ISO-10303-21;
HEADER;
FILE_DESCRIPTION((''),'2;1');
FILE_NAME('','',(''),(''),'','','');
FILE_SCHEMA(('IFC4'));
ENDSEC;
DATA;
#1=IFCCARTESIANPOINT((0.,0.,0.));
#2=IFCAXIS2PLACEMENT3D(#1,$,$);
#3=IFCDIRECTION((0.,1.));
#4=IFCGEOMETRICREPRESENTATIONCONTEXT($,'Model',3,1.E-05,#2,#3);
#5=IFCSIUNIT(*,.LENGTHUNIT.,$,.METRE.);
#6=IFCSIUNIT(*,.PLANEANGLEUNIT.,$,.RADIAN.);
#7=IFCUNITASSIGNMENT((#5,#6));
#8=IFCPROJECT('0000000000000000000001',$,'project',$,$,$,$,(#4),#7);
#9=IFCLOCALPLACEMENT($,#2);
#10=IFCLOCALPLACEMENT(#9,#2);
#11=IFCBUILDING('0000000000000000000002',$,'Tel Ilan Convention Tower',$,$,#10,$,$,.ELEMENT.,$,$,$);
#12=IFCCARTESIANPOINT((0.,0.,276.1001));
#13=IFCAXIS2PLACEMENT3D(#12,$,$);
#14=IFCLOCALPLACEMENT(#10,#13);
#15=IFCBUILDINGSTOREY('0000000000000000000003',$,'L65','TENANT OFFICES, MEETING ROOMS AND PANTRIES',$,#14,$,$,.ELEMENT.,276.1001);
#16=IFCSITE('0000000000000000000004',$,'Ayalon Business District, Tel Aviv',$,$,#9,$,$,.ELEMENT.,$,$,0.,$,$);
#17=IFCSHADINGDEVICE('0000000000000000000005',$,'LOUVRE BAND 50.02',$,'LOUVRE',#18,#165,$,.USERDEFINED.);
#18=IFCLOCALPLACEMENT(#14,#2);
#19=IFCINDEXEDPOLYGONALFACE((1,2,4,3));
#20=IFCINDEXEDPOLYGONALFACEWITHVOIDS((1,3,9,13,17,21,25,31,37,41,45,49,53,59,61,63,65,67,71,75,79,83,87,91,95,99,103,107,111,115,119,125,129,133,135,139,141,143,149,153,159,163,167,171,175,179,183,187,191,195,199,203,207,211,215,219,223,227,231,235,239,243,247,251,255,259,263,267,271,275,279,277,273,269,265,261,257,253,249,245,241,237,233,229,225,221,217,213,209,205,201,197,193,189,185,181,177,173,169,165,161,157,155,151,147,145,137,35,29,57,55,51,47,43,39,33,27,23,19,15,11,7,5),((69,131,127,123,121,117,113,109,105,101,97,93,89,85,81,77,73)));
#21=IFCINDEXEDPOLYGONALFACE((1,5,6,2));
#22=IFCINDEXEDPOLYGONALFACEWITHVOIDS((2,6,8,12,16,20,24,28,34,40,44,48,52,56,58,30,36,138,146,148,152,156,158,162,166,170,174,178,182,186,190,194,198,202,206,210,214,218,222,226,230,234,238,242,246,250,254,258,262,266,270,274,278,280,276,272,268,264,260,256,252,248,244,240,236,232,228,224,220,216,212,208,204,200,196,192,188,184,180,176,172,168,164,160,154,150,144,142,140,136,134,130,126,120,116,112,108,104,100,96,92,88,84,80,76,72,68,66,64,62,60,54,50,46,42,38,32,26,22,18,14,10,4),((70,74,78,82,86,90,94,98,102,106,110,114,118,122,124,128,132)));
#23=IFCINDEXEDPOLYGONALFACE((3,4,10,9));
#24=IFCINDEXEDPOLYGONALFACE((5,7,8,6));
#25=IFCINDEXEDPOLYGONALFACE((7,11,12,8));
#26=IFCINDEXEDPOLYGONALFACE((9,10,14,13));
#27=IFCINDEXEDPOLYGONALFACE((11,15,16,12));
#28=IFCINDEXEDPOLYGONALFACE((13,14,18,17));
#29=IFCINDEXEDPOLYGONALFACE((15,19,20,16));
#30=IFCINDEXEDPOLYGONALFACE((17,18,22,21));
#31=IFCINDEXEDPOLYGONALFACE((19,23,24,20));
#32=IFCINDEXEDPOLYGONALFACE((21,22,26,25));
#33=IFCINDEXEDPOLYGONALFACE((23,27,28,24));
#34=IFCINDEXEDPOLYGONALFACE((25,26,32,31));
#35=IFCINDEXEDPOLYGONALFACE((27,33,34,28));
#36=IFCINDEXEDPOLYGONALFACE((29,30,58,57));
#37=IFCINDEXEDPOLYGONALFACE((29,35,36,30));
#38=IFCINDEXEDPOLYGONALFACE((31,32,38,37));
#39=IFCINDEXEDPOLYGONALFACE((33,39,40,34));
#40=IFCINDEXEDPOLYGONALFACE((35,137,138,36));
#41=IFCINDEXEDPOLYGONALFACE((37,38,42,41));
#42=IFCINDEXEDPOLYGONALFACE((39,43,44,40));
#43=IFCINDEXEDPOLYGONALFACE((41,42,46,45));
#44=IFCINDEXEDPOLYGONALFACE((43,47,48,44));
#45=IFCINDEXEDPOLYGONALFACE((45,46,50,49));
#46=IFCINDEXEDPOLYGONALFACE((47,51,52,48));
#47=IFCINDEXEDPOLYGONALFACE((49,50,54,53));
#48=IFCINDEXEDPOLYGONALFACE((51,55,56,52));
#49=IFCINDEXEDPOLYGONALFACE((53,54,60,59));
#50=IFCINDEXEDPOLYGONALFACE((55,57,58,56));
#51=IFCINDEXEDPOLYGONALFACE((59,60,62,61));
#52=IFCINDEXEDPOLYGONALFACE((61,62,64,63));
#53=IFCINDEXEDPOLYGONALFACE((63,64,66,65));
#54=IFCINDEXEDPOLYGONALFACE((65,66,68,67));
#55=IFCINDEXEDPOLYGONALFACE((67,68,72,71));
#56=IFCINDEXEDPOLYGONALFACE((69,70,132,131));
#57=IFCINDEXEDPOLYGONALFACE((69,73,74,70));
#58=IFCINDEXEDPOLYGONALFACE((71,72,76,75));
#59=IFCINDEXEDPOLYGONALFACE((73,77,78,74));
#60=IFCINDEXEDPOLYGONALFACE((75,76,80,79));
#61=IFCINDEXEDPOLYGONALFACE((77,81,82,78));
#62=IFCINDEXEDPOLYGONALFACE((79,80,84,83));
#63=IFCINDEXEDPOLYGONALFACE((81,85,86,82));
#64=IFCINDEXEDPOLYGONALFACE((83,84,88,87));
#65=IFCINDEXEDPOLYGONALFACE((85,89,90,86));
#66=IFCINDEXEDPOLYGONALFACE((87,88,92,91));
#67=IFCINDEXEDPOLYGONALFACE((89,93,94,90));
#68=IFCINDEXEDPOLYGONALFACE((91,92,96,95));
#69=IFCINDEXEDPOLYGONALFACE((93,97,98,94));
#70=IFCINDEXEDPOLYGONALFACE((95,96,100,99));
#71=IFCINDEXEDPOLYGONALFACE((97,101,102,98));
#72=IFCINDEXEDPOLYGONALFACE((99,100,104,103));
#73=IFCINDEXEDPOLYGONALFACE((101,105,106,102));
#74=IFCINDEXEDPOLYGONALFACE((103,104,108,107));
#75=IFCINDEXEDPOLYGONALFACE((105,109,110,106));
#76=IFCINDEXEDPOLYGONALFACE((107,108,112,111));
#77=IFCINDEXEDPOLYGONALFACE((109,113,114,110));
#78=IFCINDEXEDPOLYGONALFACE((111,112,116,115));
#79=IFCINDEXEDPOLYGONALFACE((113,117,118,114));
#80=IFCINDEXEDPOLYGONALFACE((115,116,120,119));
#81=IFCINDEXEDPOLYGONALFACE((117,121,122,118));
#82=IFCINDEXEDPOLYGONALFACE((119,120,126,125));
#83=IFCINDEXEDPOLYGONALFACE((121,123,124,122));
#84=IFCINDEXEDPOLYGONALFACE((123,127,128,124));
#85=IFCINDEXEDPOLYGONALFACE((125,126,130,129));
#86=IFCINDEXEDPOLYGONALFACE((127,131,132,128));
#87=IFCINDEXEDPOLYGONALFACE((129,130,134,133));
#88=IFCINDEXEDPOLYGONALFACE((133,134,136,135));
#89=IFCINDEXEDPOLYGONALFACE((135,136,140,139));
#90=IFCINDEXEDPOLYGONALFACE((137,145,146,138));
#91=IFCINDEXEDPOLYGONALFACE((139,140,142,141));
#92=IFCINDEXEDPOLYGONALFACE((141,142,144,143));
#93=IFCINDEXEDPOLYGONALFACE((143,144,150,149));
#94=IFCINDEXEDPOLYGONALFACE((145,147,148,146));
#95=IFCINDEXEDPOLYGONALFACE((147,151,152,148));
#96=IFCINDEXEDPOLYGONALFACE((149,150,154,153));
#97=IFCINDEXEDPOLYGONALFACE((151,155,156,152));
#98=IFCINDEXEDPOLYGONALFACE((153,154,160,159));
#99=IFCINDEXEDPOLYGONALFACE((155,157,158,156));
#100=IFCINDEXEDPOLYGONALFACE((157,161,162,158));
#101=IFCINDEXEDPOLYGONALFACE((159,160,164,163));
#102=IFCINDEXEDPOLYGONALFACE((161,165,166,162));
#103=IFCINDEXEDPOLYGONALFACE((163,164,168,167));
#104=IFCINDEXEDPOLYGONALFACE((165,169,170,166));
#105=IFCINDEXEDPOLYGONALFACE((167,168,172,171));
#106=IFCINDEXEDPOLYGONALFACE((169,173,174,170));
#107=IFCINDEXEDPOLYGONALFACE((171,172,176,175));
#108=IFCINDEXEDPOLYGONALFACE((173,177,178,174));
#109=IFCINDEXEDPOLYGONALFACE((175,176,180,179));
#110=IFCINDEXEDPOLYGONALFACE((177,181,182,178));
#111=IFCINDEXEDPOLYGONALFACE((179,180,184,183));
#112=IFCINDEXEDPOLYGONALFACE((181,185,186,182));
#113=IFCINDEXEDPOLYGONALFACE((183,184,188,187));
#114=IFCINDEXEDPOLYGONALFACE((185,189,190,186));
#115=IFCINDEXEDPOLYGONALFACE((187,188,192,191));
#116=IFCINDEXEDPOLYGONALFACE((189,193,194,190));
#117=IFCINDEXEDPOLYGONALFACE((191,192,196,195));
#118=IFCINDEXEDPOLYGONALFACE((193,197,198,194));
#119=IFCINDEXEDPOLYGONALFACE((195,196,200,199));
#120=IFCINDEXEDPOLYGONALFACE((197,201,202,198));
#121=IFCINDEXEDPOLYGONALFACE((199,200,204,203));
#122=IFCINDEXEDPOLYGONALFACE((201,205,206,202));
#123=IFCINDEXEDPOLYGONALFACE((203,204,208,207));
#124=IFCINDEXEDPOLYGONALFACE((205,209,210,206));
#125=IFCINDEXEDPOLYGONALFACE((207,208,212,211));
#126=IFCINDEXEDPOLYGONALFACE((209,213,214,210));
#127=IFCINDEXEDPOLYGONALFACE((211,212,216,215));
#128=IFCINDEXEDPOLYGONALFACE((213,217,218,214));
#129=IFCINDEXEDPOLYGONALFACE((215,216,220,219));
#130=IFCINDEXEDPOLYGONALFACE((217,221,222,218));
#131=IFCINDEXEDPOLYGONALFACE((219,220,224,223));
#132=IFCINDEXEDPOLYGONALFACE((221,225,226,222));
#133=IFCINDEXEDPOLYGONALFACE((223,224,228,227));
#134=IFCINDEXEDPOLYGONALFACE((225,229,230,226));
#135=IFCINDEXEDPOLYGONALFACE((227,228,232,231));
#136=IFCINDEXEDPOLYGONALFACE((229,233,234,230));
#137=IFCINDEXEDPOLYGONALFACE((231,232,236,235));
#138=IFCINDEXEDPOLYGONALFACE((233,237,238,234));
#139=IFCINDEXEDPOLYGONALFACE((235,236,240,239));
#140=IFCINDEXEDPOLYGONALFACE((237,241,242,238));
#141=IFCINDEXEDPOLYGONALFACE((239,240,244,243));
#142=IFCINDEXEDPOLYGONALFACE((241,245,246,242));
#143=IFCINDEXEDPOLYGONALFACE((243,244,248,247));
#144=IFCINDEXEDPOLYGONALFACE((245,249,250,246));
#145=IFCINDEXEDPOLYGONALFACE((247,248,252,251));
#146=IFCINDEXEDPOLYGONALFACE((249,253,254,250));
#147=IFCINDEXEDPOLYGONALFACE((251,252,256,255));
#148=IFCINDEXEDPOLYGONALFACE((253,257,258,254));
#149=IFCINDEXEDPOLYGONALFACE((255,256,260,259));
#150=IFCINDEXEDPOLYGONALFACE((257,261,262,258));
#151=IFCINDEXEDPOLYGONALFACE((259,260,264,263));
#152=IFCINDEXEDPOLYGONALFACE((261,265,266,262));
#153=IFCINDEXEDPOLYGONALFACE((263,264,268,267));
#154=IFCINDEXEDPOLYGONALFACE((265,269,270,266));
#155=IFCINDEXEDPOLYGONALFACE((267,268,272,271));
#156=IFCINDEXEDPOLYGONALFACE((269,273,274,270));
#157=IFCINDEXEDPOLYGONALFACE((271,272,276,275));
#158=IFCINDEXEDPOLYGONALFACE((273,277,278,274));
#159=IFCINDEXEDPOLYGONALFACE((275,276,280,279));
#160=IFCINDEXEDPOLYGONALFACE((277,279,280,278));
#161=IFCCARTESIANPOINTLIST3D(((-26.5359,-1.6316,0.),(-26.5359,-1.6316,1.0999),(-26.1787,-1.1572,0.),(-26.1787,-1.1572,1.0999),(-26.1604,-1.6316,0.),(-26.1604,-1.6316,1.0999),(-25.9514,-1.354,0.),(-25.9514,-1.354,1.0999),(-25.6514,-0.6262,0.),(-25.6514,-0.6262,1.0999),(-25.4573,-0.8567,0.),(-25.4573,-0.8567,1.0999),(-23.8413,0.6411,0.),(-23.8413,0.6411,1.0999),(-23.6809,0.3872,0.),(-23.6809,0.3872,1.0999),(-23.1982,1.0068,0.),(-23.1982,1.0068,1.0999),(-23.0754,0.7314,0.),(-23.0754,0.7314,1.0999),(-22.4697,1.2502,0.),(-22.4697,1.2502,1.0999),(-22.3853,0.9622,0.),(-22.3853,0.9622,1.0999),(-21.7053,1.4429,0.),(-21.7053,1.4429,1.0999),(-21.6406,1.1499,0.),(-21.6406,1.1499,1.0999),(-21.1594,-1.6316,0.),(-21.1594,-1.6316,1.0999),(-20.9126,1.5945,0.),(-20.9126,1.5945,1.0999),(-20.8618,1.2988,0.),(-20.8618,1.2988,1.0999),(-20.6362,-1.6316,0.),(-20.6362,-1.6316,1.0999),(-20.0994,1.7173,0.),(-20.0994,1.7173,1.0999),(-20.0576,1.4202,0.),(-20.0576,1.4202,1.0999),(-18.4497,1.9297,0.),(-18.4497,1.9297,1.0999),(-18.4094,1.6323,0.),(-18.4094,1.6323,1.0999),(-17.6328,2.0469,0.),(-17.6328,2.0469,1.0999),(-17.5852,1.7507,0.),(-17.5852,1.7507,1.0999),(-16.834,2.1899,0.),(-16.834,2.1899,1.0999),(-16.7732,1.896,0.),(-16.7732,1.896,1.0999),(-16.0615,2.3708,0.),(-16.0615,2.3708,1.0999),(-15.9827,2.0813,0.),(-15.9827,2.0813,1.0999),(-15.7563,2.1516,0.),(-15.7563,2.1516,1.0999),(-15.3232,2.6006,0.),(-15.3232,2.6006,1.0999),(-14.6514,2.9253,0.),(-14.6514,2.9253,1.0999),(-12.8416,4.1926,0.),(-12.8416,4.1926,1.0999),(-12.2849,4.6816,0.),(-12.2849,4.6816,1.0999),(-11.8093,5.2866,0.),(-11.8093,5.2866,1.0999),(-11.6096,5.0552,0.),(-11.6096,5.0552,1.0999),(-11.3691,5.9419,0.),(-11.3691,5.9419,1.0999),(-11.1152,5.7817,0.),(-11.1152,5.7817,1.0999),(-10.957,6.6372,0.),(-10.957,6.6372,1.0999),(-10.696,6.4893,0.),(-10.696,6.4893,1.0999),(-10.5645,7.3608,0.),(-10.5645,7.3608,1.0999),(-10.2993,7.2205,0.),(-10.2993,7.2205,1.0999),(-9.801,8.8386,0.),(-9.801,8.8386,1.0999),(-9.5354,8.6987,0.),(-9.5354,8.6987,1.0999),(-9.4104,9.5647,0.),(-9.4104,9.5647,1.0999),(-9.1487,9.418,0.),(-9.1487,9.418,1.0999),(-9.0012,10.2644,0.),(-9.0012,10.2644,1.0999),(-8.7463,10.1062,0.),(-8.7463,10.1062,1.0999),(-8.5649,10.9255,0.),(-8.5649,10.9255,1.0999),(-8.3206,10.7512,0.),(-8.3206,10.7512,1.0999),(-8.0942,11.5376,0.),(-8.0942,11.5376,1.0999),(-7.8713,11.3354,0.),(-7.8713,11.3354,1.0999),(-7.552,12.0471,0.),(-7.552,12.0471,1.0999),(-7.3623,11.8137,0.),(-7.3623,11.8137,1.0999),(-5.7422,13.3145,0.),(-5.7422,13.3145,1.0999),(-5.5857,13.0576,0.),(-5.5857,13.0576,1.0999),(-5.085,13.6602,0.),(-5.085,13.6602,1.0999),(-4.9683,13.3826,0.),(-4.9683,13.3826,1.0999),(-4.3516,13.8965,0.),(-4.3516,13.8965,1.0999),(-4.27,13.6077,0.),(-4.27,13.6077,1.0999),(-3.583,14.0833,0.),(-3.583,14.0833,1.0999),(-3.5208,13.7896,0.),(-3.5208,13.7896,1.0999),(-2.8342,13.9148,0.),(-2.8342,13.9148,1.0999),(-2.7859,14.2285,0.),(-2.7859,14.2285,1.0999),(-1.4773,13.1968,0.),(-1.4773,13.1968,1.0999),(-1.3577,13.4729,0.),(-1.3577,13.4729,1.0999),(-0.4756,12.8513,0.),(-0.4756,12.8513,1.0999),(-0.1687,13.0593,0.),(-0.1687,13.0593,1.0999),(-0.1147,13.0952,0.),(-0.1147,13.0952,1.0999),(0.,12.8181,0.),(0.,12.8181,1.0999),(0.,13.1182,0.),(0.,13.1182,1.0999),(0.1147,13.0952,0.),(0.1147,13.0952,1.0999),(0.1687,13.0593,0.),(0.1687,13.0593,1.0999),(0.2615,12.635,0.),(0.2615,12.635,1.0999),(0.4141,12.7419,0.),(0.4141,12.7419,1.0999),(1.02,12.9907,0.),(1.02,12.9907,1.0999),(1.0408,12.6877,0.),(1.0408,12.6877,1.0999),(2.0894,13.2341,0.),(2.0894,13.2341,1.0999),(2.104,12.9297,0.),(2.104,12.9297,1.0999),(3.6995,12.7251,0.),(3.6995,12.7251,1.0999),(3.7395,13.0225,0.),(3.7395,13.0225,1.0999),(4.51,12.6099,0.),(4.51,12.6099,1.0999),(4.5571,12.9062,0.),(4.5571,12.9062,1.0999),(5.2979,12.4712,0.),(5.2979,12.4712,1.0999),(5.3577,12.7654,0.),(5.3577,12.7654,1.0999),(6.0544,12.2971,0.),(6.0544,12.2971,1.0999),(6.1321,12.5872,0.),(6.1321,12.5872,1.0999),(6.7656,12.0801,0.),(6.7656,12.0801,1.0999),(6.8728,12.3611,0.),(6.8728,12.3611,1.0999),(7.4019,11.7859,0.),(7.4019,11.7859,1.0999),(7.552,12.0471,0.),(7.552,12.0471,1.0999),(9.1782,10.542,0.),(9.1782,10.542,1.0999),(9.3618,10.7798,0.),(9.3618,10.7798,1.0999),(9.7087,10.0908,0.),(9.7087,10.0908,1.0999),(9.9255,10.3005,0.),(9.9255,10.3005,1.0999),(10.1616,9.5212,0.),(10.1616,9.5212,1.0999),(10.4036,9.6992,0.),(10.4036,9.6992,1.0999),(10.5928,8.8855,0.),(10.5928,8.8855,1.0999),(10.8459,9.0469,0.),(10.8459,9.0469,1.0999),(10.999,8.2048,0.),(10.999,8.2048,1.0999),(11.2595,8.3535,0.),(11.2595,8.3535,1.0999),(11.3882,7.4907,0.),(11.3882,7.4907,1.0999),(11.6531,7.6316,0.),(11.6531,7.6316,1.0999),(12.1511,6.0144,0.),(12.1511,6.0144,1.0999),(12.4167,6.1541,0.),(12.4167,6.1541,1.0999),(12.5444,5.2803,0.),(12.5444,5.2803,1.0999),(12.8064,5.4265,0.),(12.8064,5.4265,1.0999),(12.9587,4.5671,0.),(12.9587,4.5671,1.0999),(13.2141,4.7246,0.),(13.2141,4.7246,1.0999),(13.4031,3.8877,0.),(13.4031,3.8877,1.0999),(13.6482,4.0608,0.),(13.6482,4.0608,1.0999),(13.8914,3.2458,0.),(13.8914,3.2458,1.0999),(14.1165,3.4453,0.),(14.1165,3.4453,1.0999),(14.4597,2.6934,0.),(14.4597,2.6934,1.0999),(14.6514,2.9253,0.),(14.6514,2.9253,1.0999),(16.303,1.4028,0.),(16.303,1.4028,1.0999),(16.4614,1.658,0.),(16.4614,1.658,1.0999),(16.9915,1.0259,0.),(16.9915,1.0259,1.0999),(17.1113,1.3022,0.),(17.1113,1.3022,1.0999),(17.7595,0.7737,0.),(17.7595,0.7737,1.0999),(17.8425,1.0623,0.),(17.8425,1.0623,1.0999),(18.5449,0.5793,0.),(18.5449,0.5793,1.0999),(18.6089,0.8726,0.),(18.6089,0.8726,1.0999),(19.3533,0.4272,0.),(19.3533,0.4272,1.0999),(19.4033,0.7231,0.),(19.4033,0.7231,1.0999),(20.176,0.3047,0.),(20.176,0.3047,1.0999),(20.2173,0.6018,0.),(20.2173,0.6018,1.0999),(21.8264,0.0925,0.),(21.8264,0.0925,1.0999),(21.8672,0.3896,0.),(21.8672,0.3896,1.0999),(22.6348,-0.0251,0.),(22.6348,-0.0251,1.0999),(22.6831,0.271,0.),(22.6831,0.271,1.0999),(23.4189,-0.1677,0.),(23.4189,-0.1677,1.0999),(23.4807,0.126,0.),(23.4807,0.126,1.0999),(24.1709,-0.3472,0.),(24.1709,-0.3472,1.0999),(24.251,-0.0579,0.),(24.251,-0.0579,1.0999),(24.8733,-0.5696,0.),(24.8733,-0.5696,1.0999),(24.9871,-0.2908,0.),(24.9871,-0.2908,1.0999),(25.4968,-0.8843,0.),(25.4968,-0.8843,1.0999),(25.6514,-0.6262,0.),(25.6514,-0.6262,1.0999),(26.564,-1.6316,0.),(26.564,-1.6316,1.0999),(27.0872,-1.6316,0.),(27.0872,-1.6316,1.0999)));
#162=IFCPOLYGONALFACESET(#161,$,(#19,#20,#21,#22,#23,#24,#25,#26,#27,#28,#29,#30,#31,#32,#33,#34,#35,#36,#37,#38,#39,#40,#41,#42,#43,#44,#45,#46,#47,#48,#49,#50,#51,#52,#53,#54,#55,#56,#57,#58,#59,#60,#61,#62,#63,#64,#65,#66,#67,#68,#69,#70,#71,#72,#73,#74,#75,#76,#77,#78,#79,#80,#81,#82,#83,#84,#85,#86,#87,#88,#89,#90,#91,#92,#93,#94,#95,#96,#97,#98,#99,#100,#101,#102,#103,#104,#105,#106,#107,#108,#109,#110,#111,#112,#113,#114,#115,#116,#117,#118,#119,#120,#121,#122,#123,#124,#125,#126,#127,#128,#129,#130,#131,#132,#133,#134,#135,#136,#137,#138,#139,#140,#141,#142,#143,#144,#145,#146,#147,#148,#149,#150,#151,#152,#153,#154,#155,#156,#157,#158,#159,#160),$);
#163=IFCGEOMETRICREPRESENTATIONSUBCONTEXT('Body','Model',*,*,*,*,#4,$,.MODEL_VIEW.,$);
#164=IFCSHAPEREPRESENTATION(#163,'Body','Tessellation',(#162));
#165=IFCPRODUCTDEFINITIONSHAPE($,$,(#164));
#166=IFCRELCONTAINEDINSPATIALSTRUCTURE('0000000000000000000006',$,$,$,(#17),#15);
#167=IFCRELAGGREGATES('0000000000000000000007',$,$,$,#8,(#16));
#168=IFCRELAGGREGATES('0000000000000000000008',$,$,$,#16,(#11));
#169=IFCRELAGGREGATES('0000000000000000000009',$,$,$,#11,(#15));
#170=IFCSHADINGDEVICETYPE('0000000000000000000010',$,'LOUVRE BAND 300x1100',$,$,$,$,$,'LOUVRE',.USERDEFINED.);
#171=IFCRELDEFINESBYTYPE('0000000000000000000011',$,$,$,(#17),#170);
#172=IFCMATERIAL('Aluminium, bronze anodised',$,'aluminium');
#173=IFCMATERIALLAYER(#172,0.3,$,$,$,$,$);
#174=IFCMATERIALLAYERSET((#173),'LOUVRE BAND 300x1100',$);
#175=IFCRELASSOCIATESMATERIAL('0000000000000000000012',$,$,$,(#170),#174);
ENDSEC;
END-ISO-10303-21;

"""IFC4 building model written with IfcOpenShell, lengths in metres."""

from ifc_helpers import new_model, si_unit, direction, frame, origin, place, context, subcontext, project, spatial, polyline, outline, extrude, material, layer, layer_set, type_object, element, save


model = new_model("IFC4")

# Units and contexts
model_context = context("Model", 3, precision=1e-05, world=origin(), true_north=direction((0.0, 1.0)))
body_context = subcontext(model_context, "Body", "Model", "MODEL_VIEW")
ifc_project = project(units=[si_unit("LENGTHUNIT", "METRE"), si_unit("PLANEANGLEUNIT", "RADIAN")], contexts=[model_context])

# Site, building, storey
site_placement = place(None, origin())
site = spatial("IfcSite", under=ifc_project, at=site_placement, Name="Ayalon Business District, Tel Aviv", CompositionType="ELEMENT", RefElevation=0.0)
building_placement = place(site_placement, origin())
building = spatial("IfcBuilding", under=site, at=building_placement, Name="Tel Ilan Convention Tower", CompositionType="ELEMENT")
storey_placement = place(building_placement, frame((0.0, 0.0, 276.1001)))
storey = spatial("IfcBuildingStorey", under=building, at=storey_placement, Name="L65", Description="TENANT OFFICES, MEETING ROOMS AND PANTRIES", CompositionType="ELEMENT", Elevation=276.1001)

# Shading device
ifc_material_1 = material(Name="Aluminium, bronze anodised", Category="aluminium")
ifc_layer_1 = layer(ifc_material_1, 0.3)
ifc_layer_set_1 = layer_set([ifc_layer_1], Name="LOUVRE BAND 300x1100")
shading_device_type_1 = type_object("IfcShadingDeviceType", Name="LOUVRE BAND 300x1100", ElementType="LOUVRE", PredefinedType="USERDEFINED", material=ifc_layer_set_1)
shading_device_1_placement = place(storey_placement, origin())
element("IfcShadingDevice", 1, at=shading_device_1_placement, inside=storey, type_object=shading_device_type_1, Name="LOUVRE BAND 50.02", ObjectType="LOUVRE", PredefinedType="USERDEFINED", context=body_context, shape_type="SweptSolid", body=[
    extrude(outline(polyline([(-26.1787, -1.1572), (-26.5359, -1.6316), (-26.1604, -1.6316), (-25.9514, -1.354), (-25.4573, -0.8567), (-23.6809, 0.3872), (-23.0754, 0.7314), (-22.3853, 0.9622), (-21.6406, 1.1499), (-20.8618, 1.2988), (-20.0576, 1.4202), (-18.4094, 1.6323), (-17.5852, 1.7507), (-16.7732, 1.896), (-15.9827, 2.0813), (-15.7563, 2.1516), (-21.1594, -1.6316), (-20.6362, -1.6316), (0.0, 12.8181), (0.2615, 12.635), (0.4141, 12.7419), (1.0408, 12.6877), (2.104, 12.9297), (3.6995, 12.7251), (4.51, 12.6099), (5.2979, 12.4712), (6.0544, 12.2971), (6.7656, 12.0801), (7.4019, 11.7859), (9.1782, 10.542), (9.7087, 10.0908), (10.1616, 9.5212), (10.5928, 8.8855), (10.999, 8.2048), (11.3882, 7.4907), (12.1511, 6.0144), (12.5444, 5.2803), (12.9587, 4.5671), (13.4031, 3.8877), (13.8914, 3.2458), (14.4597, 2.6934), (16.303, 1.4028), (16.9915, 1.0259), (17.7595, 0.7737), (18.5449, 0.5793), (19.3533, 0.4272), (20.176, 0.3047), (21.8264, 0.0925), (22.6348, -0.0251), (23.4189, -0.1677), (24.1709, -0.3472), (24.8733, -0.5696), (25.4968, -0.8843), (26.564, -1.6316), (27.0872, -1.6316), (25.6514, -0.6262), (24.9871, -0.2908), (24.251, -0.0579), (23.4807, 0.126), (22.6831, 0.271), (21.8672, 0.3896), (20.2173, 0.6018), (19.4033, 0.7231), (18.6089, 0.8726), (17.8425, 1.0623), (17.1113, 1.3022), (16.4614, 1.658), (14.6514, 2.9253), (14.1165, 3.4453), (13.6482, 4.0608), (13.2141, 4.7246), (12.8064, 5.4265), (12.4167, 6.1541), (11.6531, 7.6316), (11.2595, 8.3535), (10.8459, 9.0469), (10.4036, 9.6992), (9.9255, 10.3005), (9.3618, 10.7798), (7.552, 12.0471), (6.8728, 12.3611), (6.1321, 12.5872), (5.3577, 12.7654), (4.5571, 12.9062), (3.7395, 13.0225), (2.0894, 13.2341), (1.02, 12.9907), (0.1687, 13.0593), (0.1147, 13.0952), (0.0, 13.1182), (-0.1147, 13.0952), (-0.1687, 13.0593), (-1.3577, 13.4729), (-2.7859, 14.2285), (-3.583, 14.0833), (-4.3516, 13.8965), (-5.085, 13.6602), (-5.7422, 13.3145), (-7.552, 12.0471), (-8.0942, 11.5376), (-8.5649, 10.9255), (-9.0012, 10.2644), (-9.4104, 9.5647), (-9.801, 8.8386), (-10.5645, 7.3608), (-10.957, 6.6372), (-11.3691, 5.9419), (-11.8093, 5.2866), (-12.2849, 4.6816), (-12.8416, 4.1926), (-14.6514, 2.9253), (-15.3232, 2.6006), (-16.0615, 2.3708), (-16.834, 2.1899), (-17.6328, 2.0469), (-18.4497, 1.9297), (-20.0994, 1.7173), (-20.9126, 1.5945), (-21.7053, 1.4429), (-22.4697, 1.2502), (-23.1982, 1.0068), (-23.8413, 0.6411), (-25.6514, -0.6262), (-26.1787, -1.1572)]), holes=[polyline([(-11.6096, 5.0552), (-11.1152, 5.7817), (-10.696, 6.4893), (-10.2993, 7.2205), (-9.5354, 8.6987), (-9.1487, 9.418), (-8.7463, 10.1062), (-8.3206, 10.7512), (-7.8713, 11.3354), (-7.3623, 11.8137), (-5.5857, 13.0576), (-4.9683, 13.3826), (-4.27, 13.6077), (-3.5208, 13.7896), (-2.8342, 13.9148), (-1.4773, 13.1968), (-0.4756, 12.8513), (-11.6096, 5.0552)])]), origin(), (0.0, 0.0, 1.0), 1.0999),
])

save(model, "model.ifc")
